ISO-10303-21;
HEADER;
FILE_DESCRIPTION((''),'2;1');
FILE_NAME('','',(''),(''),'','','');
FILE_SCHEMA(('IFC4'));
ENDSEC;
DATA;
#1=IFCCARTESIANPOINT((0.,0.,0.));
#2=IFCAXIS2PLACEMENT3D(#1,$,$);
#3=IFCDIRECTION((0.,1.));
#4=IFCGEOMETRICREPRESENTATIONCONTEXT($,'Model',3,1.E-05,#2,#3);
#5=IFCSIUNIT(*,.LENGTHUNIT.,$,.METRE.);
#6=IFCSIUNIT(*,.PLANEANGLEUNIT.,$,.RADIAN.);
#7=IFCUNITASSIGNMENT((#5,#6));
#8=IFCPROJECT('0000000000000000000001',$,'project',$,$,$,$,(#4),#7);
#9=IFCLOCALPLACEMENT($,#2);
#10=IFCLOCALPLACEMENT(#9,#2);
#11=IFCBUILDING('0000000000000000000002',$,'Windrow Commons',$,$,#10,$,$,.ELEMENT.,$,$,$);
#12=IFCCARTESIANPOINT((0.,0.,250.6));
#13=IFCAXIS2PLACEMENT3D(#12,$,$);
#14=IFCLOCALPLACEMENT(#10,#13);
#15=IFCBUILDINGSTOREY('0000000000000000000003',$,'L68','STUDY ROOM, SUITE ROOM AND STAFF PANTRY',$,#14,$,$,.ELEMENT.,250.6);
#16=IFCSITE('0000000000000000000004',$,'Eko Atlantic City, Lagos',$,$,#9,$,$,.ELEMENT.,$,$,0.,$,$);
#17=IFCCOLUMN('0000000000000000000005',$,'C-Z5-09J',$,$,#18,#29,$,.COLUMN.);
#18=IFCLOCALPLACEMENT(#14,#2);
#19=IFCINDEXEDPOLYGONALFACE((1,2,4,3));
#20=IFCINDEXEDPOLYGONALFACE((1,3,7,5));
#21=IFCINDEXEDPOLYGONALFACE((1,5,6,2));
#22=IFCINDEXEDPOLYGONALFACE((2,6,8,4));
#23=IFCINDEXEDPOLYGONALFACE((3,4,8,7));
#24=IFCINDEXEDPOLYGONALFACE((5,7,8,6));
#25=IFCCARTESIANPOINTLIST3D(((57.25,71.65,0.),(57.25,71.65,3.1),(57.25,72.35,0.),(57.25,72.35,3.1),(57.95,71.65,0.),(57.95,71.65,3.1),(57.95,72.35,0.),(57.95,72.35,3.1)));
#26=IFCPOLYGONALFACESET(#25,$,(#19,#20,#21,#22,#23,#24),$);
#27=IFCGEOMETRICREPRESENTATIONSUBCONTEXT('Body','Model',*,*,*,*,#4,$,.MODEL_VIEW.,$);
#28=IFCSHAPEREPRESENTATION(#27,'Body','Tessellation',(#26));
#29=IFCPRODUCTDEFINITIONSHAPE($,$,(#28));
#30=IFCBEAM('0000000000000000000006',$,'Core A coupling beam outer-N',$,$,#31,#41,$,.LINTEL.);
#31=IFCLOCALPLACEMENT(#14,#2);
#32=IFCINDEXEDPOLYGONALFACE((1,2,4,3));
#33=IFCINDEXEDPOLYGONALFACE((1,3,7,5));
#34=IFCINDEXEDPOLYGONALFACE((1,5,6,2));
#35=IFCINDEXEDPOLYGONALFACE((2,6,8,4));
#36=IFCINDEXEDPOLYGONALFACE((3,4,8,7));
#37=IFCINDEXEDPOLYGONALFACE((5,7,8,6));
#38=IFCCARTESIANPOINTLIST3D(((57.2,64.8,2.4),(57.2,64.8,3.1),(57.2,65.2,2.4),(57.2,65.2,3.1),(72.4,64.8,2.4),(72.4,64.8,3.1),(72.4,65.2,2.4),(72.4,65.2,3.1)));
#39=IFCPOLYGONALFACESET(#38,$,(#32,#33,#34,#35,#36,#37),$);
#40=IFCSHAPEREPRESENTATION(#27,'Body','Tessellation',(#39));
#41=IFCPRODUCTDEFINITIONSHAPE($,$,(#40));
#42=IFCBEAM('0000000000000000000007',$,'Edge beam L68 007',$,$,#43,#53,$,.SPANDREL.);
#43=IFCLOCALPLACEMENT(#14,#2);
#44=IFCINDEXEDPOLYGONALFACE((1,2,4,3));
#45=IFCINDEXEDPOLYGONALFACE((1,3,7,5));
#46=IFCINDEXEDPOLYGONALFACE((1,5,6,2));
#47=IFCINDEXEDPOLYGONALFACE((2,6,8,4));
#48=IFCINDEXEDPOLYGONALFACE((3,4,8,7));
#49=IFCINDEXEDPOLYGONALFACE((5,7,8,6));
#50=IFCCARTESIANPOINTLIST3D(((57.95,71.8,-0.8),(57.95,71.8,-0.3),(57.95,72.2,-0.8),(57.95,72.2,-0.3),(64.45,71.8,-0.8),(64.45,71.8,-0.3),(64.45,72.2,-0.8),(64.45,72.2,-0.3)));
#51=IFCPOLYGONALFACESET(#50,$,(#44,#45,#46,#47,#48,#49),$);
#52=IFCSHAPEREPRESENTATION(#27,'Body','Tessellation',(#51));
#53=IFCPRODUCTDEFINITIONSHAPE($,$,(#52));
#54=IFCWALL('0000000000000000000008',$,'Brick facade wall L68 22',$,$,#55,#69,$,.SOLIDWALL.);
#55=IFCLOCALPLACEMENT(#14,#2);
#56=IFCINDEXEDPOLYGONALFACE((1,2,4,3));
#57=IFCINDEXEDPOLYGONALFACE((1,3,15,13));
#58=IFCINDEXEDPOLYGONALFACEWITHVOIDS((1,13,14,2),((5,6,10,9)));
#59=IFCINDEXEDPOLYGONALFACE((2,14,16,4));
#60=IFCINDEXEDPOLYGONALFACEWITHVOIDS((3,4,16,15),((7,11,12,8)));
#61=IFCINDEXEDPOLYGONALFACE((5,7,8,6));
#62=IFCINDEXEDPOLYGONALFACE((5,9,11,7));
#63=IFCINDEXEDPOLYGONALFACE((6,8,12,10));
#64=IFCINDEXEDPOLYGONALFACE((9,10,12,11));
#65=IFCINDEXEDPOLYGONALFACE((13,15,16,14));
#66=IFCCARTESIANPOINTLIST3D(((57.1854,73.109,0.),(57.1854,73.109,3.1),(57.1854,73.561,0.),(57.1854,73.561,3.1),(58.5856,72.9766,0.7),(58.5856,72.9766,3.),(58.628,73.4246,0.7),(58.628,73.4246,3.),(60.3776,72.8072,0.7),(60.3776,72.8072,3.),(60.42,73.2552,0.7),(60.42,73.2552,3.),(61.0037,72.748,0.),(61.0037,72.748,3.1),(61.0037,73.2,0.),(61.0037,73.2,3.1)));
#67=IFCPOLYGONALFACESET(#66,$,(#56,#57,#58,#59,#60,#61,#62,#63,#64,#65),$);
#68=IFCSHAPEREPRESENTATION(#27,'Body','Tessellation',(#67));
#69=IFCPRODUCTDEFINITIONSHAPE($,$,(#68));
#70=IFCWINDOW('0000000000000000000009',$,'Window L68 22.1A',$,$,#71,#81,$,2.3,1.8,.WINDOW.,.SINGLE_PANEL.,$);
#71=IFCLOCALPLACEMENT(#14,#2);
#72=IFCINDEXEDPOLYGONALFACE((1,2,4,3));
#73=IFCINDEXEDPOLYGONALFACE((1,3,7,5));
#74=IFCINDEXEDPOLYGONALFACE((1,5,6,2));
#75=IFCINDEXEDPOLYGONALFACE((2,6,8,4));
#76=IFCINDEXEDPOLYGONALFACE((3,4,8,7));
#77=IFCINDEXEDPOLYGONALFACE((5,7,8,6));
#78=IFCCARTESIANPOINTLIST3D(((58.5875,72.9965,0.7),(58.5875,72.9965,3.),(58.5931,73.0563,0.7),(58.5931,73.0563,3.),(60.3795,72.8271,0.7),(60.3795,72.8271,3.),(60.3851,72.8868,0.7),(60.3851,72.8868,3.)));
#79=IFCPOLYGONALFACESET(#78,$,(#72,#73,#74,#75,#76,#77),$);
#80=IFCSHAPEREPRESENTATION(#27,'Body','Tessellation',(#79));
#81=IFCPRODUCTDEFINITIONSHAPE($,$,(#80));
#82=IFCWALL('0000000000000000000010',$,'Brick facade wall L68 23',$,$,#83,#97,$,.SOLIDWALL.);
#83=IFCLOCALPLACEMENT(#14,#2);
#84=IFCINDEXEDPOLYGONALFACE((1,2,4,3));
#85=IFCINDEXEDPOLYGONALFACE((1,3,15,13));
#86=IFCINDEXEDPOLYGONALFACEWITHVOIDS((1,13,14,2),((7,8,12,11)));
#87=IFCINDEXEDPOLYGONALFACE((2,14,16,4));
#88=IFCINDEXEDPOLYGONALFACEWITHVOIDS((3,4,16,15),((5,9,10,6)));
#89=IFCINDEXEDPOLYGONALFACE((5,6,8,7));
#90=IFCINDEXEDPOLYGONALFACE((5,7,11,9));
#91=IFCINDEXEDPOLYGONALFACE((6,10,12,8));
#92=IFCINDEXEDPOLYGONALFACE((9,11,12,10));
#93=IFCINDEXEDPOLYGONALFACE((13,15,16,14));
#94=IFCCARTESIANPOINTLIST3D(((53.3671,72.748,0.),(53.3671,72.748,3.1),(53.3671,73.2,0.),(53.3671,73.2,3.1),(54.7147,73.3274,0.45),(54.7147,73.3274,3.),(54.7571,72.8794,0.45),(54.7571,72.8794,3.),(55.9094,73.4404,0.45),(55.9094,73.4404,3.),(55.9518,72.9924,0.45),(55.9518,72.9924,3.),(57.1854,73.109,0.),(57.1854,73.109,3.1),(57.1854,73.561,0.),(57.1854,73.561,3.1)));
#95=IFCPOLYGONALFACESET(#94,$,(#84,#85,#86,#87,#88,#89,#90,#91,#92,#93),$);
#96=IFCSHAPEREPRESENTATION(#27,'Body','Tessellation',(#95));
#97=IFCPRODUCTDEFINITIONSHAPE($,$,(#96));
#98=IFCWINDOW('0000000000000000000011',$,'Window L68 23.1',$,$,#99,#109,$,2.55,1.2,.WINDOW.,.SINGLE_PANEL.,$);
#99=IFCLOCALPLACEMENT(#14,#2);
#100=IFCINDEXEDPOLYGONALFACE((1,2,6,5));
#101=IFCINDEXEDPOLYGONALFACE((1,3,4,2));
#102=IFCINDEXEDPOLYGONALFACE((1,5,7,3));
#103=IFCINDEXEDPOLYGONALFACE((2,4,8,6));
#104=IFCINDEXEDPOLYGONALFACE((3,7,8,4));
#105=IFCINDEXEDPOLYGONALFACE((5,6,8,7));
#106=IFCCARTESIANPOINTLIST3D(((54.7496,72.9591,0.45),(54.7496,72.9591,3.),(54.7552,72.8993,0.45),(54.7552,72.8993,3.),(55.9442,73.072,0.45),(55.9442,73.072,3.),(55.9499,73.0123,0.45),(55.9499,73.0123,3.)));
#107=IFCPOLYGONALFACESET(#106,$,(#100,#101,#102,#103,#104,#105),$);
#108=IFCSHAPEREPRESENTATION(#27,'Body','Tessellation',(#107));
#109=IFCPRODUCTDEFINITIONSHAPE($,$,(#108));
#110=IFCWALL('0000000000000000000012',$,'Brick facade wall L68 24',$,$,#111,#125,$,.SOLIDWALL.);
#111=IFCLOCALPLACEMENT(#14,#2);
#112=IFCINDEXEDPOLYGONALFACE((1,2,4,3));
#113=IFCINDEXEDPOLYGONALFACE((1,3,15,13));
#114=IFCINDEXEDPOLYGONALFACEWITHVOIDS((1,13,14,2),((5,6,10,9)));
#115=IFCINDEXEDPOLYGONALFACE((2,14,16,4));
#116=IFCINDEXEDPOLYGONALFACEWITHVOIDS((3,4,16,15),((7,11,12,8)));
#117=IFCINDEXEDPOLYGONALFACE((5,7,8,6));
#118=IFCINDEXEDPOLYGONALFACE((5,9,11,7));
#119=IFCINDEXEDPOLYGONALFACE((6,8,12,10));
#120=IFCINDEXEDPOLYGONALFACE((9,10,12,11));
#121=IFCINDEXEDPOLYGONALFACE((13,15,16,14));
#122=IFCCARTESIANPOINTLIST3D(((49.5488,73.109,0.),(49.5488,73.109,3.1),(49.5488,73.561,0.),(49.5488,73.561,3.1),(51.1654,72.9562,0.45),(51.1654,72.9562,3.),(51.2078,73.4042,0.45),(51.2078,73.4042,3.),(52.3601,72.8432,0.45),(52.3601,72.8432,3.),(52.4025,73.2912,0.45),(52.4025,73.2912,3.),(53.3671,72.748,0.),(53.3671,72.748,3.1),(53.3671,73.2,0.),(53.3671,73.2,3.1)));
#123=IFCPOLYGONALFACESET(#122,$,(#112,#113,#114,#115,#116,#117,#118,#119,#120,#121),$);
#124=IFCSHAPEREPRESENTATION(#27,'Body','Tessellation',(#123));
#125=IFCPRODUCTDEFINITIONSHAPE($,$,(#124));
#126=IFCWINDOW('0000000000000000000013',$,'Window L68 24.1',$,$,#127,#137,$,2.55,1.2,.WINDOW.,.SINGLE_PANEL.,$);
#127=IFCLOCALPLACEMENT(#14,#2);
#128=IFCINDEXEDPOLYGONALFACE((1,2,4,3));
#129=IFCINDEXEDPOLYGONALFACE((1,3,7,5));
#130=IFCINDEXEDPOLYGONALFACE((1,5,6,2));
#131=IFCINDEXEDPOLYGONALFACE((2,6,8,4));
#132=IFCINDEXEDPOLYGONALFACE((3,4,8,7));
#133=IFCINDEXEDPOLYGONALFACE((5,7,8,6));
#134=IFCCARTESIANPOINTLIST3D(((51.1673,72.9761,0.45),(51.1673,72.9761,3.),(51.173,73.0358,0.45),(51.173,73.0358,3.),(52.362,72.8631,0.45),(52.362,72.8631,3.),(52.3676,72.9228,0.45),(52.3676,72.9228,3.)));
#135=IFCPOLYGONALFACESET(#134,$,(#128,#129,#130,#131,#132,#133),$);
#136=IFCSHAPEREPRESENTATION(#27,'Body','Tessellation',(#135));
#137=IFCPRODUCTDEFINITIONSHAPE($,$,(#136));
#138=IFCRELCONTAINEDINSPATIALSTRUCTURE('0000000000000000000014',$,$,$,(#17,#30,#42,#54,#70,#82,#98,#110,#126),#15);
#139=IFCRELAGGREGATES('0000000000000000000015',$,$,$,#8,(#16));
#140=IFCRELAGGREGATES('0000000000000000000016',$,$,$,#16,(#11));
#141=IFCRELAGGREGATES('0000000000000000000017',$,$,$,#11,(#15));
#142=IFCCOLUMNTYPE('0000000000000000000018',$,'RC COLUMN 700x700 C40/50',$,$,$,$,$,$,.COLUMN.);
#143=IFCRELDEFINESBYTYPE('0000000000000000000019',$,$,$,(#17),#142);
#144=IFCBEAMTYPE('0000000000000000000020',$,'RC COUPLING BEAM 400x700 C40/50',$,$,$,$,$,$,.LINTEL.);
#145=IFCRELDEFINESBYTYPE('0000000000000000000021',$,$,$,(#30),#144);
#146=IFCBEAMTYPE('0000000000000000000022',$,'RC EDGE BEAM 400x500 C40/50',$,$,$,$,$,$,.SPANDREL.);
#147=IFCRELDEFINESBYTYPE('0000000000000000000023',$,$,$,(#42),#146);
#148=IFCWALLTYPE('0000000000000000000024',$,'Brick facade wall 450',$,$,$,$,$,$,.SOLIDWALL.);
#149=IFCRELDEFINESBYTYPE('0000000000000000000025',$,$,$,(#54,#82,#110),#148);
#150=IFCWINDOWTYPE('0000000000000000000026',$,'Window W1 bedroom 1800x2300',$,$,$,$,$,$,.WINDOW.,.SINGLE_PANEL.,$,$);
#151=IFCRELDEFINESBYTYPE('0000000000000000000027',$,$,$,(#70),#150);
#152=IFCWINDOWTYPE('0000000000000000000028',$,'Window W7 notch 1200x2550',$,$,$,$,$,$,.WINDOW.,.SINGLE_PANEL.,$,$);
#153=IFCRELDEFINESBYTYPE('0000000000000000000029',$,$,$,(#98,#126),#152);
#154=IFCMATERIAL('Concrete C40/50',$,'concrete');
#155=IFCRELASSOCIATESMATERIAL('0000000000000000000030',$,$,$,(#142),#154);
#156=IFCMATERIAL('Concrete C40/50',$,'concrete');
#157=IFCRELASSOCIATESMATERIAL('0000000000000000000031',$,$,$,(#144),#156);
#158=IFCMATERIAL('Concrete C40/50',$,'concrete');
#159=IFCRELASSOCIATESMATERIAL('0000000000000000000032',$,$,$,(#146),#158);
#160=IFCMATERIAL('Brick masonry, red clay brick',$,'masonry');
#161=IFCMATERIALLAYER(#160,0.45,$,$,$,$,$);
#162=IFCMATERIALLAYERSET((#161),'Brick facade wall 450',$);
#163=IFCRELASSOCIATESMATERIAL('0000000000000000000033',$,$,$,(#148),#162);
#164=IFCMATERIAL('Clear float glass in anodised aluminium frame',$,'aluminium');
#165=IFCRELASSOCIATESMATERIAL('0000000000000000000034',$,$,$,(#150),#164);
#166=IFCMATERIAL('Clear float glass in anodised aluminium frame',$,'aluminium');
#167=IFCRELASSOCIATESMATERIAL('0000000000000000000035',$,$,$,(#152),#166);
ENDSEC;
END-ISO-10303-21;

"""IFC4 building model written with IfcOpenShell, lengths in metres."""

from ifc_helpers import new_model, si_unit, direction, frame, frame_2d, origin, origin_2d, place, context, subcontext, project, spatial, polyline, rectangle, outline, extrude, material, layer, layer_set, material_profile, profile_set, type_object, element, fill, save


model = new_model("IFC4")

# Units and contexts
model_context = context("Model", 3, precision=1e-05, world=origin(), true_north=direction((0.0, 1.0)))
body_context = subcontext(model_context, "Body", "Model", "MODEL_VIEW")
ifc_project = project(units=[si_unit("LENGTHUNIT", "METRE"), si_unit("PLANEANGLEUNIT", "RADIAN")], contexts=[model_context])

# Site, building, storey
site_placement = place(None, origin())
site = spatial("IfcSite", under=ifc_project, at=site_placement, Name="Eko Atlantic City, Lagos", CompositionType="ELEMENT", RefElevation=0.0)
building_placement = place(site_placement, origin())
building = spatial("IfcBuilding", under=site, at=building_placement, Name="Windrow Commons", CompositionType="ELEMENT")
storey_placement = place(building_placement, frame((0.0, 0.0, 250.6)))
storey = spatial("IfcBuildingStorey", under=building, at=storey_placement, Name="L68", Description="STUDY ROOM, SUITE ROOM AND STAFF PANTRY", CompositionType="ELEMENT", Elevation=250.6)

# Column
ifc_material_1 = material(Name="Concrete C40/50", Category="concrete")
ifc_material_profile_1 = material_profile(ifc_material_1, rectangle(XDim=0.7, YDim=0.7, at=origin_2d()))
ifc_profile_set_1 = profile_set([ifc_material_profile_1], Name="Concrete C40/50")
column_type = type_object("IfcColumnType", Name="RC COLUMN 700x700 C40/50", PredefinedType="COLUMN", material=ifc_profile_set_1)
column_placement = place(storey_placement, frame((57.6, 72.0, 0.0), z_axis=(0.0, 0.0, 1.0), x_axis=(1.0, 0.0, 0.0)))
element("IfcColumn", 1, at=column_placement, inside=storey, type_object=column_type, Name="C-Z5-09J", PredefinedType="COLUMN", context=body_context, shape_type="SweptSolid", body=[
    extrude(rectangle(XDim=0.7, YDim=0.7, at=origin_2d()), origin(), (0.0, 0.0, 1.0), 3.1),
])

# Beams
ifc_material_2 = material(Name="Concrete C40/50", Category="concrete")
ifc_material_profile_2 = material_profile(ifc_material_2, rectangle(XDim=0.4, YDim=0.7, at=origin_2d()))
ifc_profile_set_2 = profile_set([ifc_material_profile_2], Name="Concrete C40/50")
beam_type_1 = type_object("IfcBeamType", Name="RC COUPLING BEAM 400x700 C40/50", PredefinedType="LINTEL", material=ifc_profile_set_2)
beam_1_placement = place(storey_placement, frame((57.2, 65.0, 2.75), z_axis=(1.0, 0.0, 0.0), x_axis=(0.0, 1.0, 0.0)))
element("IfcBeam", 2, at=beam_1_placement, inside=storey, type_object=beam_type_1, Name="Core A coupling beam outer-N", PredefinedType="LINTEL", context=body_context, shape_type="SweptSolid", body=[
    extrude(rectangle(XDim=0.4, YDim=0.7, at=origin_2d()), origin(), (0.0, 0.0, 1.0), 15.2),
])
ifc_material_3 = material(Name="Concrete C40/50", Category="concrete")
ifc_material_profile_3 = material_profile(ifc_material_3, rectangle(XDim=0.4, YDim=0.5, at=origin_2d()))
ifc_profile_set_3 = profile_set([ifc_material_profile_3], Name="Concrete C40/50")
beam_type_2 = type_object("IfcBeamType", Name="RC EDGE BEAM 400x500 C40/50", PredefinedType="SPANDREL", material=ifc_profile_set_3)
beam_2_placement = place(storey_placement, frame((57.95, 72.0, -0.55), z_axis=(1.0, 0.0, 0.0), x_axis=(0.0, 1.0, 0.0)))
element("IfcBeam", 3, at=beam_2_placement, inside=storey, type_object=beam_type_2, Name="Edge beam L68 007", PredefinedType="SPANDREL", context=body_context, shape_type="SweptSolid", body=[
    extrude(rectangle(XDim=0.4, YDim=0.5, at=origin_2d()), origin(), (0.0, 0.0, 1.0), 6.5),
])

# Walls, openings, windows
ifc_material_4 = material(Name="Brick masonry, red clay brick", Category="masonry")
ifc_layer_1 = layer(ifc_material_4, 0.45)
ifc_layer_set_1 = layer_set([ifc_layer_1], Name="Brick facade wall 450")
wall_type_1 = type_object("IfcWallType", Name="Brick facade wall 450", PredefinedType="SOLIDWALL", material=ifc_layer_set_1)
wall_1_placement = place(storey_placement, frame((61.0037, 72.974, 0.0), z_axis=(0.0, 0.0, 1.0), x_axis=(-0.99556, 0.094125, 0.0)))
wall_1 = element("IfcWall", 4, at=wall_1_placement, inside=storey, type_object=wall_type_1, Name="Brick facade wall L68 22", PredefinedType="SOLIDWALL", context=body_context, shape_type="SweptSolid", body=[
    extrude(outline(polyline([(0.0213, -0.225), (3.8566, -0.225), (3.8141, 0.225), (-0.0213, 0.225), (0.0213, -0.225)])), origin(), (0.0, 0.0, 1.0), 3.1),
])
opening_1_placement = place(wall_1_placement, frame((0.6076, 0.0, 0.7)))
opening_1 = element("IfcOpeningElement", 5, at=opening_1_placement, cuts=wall_1, PredefinedType="OPENING", context=body_context, shape_type="SweptSolid", body=[
    extrude(rectangle(XDim=1.8, YDim=2.3, at=frame_2d((0.9, 1.15))), frame((0.0, 0.235, 0.0), z_axis=(0.0, -1.0, 0.0), x_axis=(1.0, 0.0, 0.0)), (0.0, 0.0, 1.0), 0.47),
])
ifc_material_5 = material(Name="Clear float glass in anodised aluminium frame", Category="aluminium")
window_type_1 = type_object("IfcWindowType", Name="Window W1 bedroom 1800x2300", PartitioningType="SINGLE_PANEL", PredefinedType="WINDOW", material=ifc_material_5)
window_1_placement = place(opening_1_placement, origin())
window_1 = element("IfcWindow", 6, at=window_1_placement, inside=storey, type_object=window_type_1, Name="Window L68 22.1A", OverallHeight=2.3, OverallWidth=1.8, PartitioningType="SINGLE_PANEL", PredefinedType="WINDOW", context=body_context, shape_type="SweptSolid", body=[
    extrude(rectangle(XDim=1.8, YDim=2.3, at=frame_2d((0.9, 1.15))), frame((0.0, 0.205, 0.0), z_axis=(0.0, -1.0, 0.0), x_axis=(1.0, 0.0, 0.0)), (0.0, 0.0, 1.0), 0.06),
])
fill(opening_1, window_1)
wall_2_placement = place(storey_placement, frame((57.1854, 73.335, 0.0), z_axis=(0.0, 0.0, 1.0), x_axis=(-0.99556, -0.094125, 0.0)))
wall_2 = element("IfcWall", 7, at=wall_2_placement, inside=storey, type_object=wall_type_1, Name="Brick facade wall L68 23", PredefinedType="SOLIDWALL", context=body_context, shape_type="SweptSolid", body=[
    extrude(outline(polyline([(-0.0213, -0.225), (3.8141, -0.225), (3.8566, 0.225), (0.0213, 0.225), (-0.0213, -0.225)])), origin(), (0.0, 0.0, 1.0), 3.1),
])
opening_2_placement = place(wall_2_placement, frame((1.2604, 0.0, 0.45)))
opening_2 = element("IfcOpeningElement", 8, at=opening_2_placement, cuts=wall_2, PredefinedType="OPENING", context=body_context, shape_type="SweptSolid", body=[
    extrude(rectangle(XDim=1.2, YDim=2.55, at=frame_2d((0.6, 1.275))), frame((0.0, 0.235, 0.0), z_axis=(0.0, -1.0, 0.0), x_axis=(1.0, 0.0, 0.0)), (0.0, 0.0, 1.0), 0.47),
])
ifc_material_6 = material(Name="Clear float glass in anodised aluminium frame", Category="aluminium")
window_type_2 = type_object("IfcWindowType", Name="Window W7 notch 1200x2550", PartitioningType="SINGLE_PANEL", PredefinedType="WINDOW", material=ifc_material_6)
window_2_placement = place(opening_2_placement, origin())
window_2 = element("IfcWindow", 9, at=window_2_placement, inside=storey, type_object=window_type_2, Name="Window L68 23.1", OverallHeight=2.55, OverallWidth=1.2, PartitioningType="SINGLE_PANEL", PredefinedType="WINDOW", context=body_context, shape_type="SweptSolid", body=[
    extrude(rectangle(XDim=1.2, YDim=2.55, at=frame_2d((0.6, 1.275))), frame((0.0, 0.205, 0.0), z_axis=(0.0, -1.0, 0.0), x_axis=(1.0, 0.0, 0.0)), (0.0, 0.0, 1.0), 0.06),
])
fill(opening_2, window_2)
wall_3_placement = place(storey_placement, frame((53.3671, 72.974, 0.0), z_axis=(0.0, 0.0, 1.0), x_axis=(-0.99556, 0.094125, 0.0)))
wall_3 = element("IfcWall", 10, at=wall_3_placement, inside=storey, type_object=wall_type_1, Name="Brick facade wall L68 24", PredefinedType="SOLIDWALL", context=body_context, shape_type="SweptSolid", body=[
    extrude(outline(polyline([(0.0213, -0.225), (3.8566, -0.225), (3.8141, 0.225), (-0.0213, 0.225), (0.0213, -0.225)])), origin(), (0.0, 0.0, 1.0), 3.1),
])
opening_3_placement = place(wall_3_placement, frame((0.9902, 0.0, 0.45)))
opening_3 = element("IfcOpeningElement", 11, at=opening_3_placement, cuts=wall_3, PredefinedType="OPENING", context=body_context, shape_type="SweptSolid", body=[
    extrude(rectangle(XDim=1.2, YDim=2.55, at=frame_2d((0.6, 1.275))), frame((0.0, 0.235, 0.0), z_axis=(0.0, -1.0, 0.0), x_axis=(1.0, 0.0, 0.0)), (0.0, 0.0, 1.0), 0.47),
])
window_3_placement = place(opening_3_placement, origin())
window_3 = element("IfcWindow", 12, at=window_3_placement, inside=storey, type_object=window_type_2, Name="Window L68 24.1", OverallHeight=2.55, OverallWidth=1.2, PartitioningType="SINGLE_PANEL", PredefinedType="WINDOW", context=body_context, shape_type="SweptSolid", body=[
    extrude(rectangle(XDim=1.2, YDim=2.55, at=frame_2d((0.6, 1.275))), frame((0.0, 0.205, 0.0), z_axis=(0.0, -1.0, 0.0), x_axis=(1.0, 0.0, 0.0)), (0.0, 0.0, 1.0), 0.06),
])
fill(opening_3, window_3)

save(model, "model.ifc")
